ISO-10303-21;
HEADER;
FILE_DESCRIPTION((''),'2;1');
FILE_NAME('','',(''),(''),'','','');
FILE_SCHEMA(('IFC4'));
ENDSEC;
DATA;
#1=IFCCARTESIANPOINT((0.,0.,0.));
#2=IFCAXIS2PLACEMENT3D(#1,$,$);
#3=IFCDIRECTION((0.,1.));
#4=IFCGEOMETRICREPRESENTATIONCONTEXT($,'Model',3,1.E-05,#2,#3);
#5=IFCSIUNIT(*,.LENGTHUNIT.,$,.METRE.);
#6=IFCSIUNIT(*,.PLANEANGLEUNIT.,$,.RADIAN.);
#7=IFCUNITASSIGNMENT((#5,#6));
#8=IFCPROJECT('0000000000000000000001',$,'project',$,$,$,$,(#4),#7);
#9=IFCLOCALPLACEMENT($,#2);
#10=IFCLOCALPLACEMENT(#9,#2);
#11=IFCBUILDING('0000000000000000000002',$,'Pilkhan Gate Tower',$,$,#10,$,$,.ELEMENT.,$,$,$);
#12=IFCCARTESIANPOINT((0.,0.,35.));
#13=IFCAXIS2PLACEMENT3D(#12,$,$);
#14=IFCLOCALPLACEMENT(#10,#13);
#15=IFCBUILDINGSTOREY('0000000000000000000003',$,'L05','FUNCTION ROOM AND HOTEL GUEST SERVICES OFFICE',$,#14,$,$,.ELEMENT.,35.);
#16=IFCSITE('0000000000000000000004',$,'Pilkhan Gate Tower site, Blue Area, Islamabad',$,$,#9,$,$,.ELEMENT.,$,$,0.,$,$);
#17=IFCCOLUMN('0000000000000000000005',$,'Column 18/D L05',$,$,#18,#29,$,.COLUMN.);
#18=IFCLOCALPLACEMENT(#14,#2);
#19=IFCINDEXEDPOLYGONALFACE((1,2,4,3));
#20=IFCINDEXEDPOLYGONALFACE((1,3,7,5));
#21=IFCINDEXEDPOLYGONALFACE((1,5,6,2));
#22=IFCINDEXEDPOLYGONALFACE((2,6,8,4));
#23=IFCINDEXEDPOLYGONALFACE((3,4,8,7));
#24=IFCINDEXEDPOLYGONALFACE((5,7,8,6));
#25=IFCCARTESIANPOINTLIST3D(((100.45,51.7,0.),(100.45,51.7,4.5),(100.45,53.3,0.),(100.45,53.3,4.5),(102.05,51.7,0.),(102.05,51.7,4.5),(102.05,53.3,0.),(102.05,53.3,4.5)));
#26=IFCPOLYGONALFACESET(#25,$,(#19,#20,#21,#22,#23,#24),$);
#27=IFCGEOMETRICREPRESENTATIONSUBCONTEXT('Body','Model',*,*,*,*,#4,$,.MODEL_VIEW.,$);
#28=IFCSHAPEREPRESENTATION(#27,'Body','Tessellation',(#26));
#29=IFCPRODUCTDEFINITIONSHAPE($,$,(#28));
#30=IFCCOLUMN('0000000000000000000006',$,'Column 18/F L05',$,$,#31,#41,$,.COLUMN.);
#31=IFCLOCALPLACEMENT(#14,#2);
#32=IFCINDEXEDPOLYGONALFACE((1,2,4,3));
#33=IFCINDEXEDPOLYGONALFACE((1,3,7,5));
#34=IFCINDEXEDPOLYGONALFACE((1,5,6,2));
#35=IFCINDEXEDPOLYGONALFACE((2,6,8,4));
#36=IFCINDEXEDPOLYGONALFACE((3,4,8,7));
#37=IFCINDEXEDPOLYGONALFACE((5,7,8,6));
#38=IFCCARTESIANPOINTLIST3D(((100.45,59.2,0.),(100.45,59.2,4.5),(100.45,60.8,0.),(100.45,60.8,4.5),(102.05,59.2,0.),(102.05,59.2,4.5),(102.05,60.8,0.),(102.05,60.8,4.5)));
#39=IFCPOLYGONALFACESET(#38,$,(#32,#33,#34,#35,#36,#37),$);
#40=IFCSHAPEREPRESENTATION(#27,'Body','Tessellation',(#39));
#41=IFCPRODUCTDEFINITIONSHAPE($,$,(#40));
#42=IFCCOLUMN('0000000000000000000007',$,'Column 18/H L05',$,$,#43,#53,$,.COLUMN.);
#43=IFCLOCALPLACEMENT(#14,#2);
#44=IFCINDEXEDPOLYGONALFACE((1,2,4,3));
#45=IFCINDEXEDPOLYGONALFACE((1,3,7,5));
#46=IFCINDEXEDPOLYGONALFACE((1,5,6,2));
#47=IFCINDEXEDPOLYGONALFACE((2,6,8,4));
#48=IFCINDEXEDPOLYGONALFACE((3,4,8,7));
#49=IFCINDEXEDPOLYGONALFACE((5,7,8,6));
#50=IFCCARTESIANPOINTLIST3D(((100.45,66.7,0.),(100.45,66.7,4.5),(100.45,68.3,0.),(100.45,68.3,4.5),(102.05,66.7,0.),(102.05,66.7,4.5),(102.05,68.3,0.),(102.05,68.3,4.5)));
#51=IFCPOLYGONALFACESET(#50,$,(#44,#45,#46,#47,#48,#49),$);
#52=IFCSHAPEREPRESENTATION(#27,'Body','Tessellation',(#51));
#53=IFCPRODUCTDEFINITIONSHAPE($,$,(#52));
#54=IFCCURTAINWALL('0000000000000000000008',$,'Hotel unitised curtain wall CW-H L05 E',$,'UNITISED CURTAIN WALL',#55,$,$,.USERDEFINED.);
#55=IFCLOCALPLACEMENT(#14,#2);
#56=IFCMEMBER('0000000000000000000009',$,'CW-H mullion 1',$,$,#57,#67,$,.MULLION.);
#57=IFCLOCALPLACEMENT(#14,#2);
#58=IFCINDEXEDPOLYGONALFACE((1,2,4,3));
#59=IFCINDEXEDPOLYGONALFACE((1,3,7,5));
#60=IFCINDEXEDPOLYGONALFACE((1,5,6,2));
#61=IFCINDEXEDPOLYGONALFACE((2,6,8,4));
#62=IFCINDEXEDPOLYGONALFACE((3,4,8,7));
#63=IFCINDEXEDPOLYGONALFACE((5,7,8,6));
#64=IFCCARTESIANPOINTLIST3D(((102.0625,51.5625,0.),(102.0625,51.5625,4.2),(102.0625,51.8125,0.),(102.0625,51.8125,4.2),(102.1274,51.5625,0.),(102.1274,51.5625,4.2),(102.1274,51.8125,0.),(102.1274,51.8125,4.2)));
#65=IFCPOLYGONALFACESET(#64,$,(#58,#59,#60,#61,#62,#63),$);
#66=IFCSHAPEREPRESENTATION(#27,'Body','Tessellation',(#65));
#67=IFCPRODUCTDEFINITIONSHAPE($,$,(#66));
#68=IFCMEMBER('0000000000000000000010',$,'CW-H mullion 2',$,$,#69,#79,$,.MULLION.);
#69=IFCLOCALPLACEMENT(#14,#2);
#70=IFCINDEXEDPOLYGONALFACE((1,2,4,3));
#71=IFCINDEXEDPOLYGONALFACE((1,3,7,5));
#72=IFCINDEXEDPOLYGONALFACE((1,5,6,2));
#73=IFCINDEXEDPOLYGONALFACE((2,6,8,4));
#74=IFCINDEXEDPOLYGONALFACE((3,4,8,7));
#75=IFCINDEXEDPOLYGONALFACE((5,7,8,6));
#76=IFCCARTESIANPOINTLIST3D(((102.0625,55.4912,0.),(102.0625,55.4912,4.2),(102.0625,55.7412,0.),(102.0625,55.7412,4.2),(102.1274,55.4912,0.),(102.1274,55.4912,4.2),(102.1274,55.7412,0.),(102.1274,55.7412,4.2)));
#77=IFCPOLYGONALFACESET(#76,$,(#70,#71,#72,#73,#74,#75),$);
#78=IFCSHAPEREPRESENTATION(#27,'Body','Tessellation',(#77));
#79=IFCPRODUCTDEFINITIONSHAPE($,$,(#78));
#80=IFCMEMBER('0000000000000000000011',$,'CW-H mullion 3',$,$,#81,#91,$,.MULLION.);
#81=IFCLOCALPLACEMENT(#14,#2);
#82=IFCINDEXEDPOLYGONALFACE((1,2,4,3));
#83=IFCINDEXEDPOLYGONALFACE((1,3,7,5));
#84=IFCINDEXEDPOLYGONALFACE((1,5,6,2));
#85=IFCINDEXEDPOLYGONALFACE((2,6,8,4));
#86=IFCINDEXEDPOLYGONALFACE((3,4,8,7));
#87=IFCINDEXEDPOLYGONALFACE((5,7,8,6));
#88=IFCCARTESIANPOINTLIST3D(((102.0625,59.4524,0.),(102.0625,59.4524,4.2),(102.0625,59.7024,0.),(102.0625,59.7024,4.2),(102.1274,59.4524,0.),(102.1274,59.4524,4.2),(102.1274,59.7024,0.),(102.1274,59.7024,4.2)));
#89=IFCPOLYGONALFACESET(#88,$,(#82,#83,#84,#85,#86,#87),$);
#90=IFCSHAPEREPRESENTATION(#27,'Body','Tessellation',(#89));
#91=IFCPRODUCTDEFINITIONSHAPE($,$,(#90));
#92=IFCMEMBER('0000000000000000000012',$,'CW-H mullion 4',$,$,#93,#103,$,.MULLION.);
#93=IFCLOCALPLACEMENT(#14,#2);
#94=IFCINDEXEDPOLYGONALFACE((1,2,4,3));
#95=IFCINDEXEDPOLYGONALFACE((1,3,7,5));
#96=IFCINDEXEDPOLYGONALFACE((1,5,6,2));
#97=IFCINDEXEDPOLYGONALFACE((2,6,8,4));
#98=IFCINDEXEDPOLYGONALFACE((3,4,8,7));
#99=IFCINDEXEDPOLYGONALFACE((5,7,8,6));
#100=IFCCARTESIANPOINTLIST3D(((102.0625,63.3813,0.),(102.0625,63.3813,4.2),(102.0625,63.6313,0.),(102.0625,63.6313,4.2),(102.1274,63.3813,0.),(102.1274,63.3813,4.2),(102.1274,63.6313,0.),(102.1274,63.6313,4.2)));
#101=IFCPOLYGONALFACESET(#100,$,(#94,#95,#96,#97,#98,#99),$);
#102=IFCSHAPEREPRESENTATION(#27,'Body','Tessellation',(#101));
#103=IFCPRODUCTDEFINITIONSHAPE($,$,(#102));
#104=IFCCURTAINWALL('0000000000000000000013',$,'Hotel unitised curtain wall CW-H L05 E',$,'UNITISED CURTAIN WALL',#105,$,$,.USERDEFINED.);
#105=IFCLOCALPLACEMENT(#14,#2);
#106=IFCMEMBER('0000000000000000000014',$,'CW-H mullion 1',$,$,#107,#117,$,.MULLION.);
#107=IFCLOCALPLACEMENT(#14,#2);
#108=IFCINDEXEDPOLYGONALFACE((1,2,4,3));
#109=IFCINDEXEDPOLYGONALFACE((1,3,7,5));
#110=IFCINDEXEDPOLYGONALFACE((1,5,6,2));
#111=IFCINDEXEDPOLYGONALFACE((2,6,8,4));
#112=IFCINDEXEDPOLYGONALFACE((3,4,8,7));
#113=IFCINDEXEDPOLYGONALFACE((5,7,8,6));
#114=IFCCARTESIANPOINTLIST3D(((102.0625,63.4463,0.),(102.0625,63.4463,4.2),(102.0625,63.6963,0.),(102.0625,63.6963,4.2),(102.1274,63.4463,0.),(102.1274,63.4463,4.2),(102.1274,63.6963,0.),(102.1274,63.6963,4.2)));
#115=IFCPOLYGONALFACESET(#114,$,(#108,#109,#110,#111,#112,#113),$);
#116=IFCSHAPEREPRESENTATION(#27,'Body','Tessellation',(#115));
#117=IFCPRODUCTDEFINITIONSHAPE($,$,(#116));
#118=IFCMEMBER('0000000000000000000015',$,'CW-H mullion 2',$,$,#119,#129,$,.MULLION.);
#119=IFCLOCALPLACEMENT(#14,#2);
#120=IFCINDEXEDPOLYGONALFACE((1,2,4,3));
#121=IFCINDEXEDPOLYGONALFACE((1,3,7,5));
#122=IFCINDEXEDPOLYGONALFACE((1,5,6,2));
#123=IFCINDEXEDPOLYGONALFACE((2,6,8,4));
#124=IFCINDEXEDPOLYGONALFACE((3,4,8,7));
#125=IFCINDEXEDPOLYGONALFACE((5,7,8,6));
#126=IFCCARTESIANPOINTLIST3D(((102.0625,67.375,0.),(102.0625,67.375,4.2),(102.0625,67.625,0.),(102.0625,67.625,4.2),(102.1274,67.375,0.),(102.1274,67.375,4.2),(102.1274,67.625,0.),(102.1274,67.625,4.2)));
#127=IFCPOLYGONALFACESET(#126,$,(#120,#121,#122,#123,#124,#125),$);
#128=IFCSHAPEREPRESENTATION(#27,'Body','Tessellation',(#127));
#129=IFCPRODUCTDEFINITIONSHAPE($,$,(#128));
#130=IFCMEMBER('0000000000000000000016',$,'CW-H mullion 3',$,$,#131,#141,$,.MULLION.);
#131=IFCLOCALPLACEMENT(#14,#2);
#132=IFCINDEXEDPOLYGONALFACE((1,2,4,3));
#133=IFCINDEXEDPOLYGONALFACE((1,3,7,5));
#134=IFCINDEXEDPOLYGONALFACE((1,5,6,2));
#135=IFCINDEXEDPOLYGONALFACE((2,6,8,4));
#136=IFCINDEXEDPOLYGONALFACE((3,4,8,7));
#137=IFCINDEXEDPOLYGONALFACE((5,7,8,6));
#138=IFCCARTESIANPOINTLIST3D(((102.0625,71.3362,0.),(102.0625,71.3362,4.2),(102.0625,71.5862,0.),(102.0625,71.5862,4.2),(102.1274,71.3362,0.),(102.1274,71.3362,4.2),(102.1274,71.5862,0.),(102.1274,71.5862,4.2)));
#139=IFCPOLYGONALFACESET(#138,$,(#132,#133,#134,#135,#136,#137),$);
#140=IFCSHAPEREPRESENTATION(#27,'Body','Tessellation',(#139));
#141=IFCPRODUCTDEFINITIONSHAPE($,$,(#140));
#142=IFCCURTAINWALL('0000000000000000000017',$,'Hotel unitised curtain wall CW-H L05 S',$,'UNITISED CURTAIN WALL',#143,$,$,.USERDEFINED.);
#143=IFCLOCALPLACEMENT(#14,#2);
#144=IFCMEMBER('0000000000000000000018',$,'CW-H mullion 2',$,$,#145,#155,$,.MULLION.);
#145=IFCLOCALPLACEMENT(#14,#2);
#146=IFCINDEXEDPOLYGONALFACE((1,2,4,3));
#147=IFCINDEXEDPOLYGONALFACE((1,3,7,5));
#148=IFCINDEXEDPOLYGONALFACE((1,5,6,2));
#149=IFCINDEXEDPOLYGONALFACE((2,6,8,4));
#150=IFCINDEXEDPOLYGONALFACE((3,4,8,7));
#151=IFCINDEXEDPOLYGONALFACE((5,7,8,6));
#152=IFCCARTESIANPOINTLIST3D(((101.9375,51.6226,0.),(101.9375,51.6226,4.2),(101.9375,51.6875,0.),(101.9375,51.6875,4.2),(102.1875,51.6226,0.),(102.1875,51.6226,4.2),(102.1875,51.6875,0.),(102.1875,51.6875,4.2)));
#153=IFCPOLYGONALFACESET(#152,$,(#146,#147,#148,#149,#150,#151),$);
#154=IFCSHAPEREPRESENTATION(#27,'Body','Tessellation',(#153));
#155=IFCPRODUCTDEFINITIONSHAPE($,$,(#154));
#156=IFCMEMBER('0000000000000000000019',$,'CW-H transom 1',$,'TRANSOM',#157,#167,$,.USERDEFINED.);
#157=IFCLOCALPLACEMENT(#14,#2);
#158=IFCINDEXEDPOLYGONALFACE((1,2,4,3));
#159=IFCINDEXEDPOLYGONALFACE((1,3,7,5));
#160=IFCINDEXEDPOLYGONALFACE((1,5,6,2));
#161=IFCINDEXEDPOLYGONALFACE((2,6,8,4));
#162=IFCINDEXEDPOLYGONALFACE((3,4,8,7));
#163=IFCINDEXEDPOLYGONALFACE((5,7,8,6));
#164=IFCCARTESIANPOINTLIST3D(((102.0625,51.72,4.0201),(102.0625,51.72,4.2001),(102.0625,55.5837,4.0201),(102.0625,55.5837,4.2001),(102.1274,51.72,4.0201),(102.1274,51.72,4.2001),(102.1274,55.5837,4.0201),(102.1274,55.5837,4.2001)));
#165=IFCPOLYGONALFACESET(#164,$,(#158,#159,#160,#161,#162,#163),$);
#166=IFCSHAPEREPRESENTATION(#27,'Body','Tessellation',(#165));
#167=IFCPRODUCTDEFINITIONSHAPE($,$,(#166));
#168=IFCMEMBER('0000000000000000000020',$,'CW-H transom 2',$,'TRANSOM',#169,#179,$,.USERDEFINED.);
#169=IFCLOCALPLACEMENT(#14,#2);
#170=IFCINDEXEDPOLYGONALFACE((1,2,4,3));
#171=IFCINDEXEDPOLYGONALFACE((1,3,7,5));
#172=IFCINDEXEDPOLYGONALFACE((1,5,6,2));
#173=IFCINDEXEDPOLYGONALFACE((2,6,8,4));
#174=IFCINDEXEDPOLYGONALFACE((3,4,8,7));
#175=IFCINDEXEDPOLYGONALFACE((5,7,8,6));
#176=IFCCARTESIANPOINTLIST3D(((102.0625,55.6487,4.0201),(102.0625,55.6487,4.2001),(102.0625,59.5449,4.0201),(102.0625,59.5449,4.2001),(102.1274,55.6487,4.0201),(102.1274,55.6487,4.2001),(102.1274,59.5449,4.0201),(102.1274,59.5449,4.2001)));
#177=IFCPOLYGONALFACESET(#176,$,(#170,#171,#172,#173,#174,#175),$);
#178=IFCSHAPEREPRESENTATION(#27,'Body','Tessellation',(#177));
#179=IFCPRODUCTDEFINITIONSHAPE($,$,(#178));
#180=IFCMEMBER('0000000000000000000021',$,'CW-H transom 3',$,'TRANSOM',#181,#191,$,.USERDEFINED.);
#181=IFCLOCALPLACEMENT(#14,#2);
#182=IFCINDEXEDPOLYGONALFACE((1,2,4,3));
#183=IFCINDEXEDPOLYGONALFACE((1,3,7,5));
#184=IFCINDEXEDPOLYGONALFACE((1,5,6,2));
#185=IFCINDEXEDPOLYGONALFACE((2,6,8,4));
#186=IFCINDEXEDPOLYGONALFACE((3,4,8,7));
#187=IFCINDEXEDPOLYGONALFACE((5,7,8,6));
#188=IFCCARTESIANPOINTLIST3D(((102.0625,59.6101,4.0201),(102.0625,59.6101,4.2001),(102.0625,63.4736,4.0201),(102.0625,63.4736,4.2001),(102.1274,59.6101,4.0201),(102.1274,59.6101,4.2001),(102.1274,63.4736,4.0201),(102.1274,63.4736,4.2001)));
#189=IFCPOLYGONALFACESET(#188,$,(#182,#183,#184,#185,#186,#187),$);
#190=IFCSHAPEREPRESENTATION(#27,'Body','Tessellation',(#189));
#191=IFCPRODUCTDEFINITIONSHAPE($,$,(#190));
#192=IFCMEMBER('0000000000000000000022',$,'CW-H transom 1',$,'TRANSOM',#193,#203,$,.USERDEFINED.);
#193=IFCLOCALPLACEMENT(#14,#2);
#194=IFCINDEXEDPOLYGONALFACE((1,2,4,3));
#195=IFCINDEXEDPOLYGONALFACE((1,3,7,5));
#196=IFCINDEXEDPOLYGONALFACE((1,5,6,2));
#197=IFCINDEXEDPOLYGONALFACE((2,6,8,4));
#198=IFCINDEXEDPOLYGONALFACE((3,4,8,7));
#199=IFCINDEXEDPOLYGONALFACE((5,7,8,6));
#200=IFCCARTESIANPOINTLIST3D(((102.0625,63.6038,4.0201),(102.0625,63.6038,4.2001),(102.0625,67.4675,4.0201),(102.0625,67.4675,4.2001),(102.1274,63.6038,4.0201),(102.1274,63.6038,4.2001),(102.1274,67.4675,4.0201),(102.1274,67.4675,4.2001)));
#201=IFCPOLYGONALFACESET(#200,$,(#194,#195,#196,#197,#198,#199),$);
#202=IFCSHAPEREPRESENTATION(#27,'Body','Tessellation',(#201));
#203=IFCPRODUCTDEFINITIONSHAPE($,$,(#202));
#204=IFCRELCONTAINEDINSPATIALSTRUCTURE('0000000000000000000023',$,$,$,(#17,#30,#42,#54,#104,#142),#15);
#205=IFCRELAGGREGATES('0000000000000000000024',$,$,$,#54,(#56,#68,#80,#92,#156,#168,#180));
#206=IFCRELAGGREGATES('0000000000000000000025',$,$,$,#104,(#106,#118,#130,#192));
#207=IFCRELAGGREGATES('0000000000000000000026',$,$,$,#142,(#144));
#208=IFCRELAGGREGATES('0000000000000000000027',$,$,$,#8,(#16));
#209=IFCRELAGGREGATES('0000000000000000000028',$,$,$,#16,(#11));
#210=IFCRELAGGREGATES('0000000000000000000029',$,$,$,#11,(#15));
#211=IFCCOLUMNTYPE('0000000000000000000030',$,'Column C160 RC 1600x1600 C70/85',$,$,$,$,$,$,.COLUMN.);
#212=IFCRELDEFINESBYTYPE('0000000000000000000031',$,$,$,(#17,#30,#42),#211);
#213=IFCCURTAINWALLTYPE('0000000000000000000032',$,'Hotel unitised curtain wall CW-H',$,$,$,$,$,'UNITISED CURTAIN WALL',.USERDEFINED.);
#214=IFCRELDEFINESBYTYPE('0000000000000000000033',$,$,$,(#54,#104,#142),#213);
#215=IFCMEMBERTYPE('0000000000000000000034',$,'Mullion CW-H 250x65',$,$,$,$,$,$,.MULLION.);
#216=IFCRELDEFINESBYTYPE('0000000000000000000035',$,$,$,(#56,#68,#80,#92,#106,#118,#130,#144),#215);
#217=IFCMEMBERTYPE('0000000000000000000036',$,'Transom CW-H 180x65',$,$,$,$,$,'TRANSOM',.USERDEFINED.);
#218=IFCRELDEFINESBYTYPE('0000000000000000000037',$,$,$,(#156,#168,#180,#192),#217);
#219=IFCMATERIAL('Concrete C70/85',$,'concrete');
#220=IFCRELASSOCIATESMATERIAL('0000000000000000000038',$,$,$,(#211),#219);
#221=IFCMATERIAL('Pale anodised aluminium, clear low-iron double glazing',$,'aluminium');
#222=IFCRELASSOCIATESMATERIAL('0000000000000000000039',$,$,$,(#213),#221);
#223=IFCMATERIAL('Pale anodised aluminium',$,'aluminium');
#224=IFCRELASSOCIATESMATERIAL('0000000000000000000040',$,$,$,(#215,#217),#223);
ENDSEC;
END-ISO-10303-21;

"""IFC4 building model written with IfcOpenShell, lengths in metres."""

from ifc_helpers import new_model, si_unit, direction, frame, origin, origin_2d, place, context, subcontext, project, spatial, rectangle, extrude, material, material_profile, profile_set, type_object, element, aggregate, save


model = new_model("IFC4")

# Units and contexts
model_context = context("Model", 3, precision=1e-05, world=origin(), true_north=direction((0.0, 1.0)))
body_context = subcontext(model_context, "Body", "Model", "MODEL_VIEW")
ifc_project = project(units=[si_unit("LENGTHUNIT", "METRE"), si_unit("PLANEANGLEUNIT", "RADIAN")], contexts=[model_context])

# Site, building, storey
site_placement = place(None, origin())
site = spatial("IfcSite", under=ifc_project, at=site_placement, Name="Pilkhan Gate Tower site, Blue Area, Islamabad", CompositionType="ELEMENT", RefElevation=0.0)
building_placement = place(site_placement, origin())
building = spatial("IfcBuilding", under=site, at=building_placement, Name="Pilkhan Gate Tower", CompositionType="ELEMENT")
storey_placement = place(building_placement, frame((0.0, 0.0, 35.0)))
storey = spatial("IfcBuildingStorey", under=building, at=storey_placement, Name="L05", Description="FUNCTION ROOM AND HOTEL GUEST SERVICES OFFICE", CompositionType="ELEMENT", Elevation=35.0)

# Columns
ifc_material_1 = material(Name="Concrete C70/85", Category="concrete")
ifc_material_profile_1 = material_profile(ifc_material_1, rectangle(XDim=1.6001, YDim=1.6001, at=origin_2d()), Name="RC 1600x1600")
ifc_profile_set_1 = profile_set([ifc_material_profile_1], Name="Concrete C70/85")
column_type = type_object("IfcColumnType", Name="Column C160 RC 1600x1600 C70/85", PredefinedType="COLUMN", material=ifc_profile_set_1)
for number, where, z_axis, x_axis, name in (
    (1, (101.25, 52.5, 0.0), (0.0, 0.0, 1.0), (1.0, 0.0, 0.0), "Column 18/D L05"),
    (2, (101.25, 60.0, 0.0), (0.0, 0.0, 1.0), (1.0, 0.0, 0.0), "Column 18/F L05"),
    (3, (101.25, 67.5, 0.0), (0.0, 0.0, 1.0), (1.0, 0.0, 0.0), "Column 18/H L05"),
):
    element("IfcColumn", number, at=place(storey_placement, frame(where, z_axis=z_axis, x_axis=x_axis)), inside=storey, type_object=column_type, Name=name, PredefinedType="COLUMN", context=body_context, shape_type="SweptSolid", body=[
        extrude(rectangle(XDim=1.6001, YDim=1.6001, at=origin_2d()), origin(), (0.0, 0.0, 1.0), 4.5),
    ])

# Curtain walls, members
ifc_material_2 = material(Name="Pale anodised aluminium, clear low-iron double glazing", Category="aluminium")
curtain_wall_type = type_object("IfcCurtainWallType", Name="Hotel unitised curtain wall CW-H", ElementType="UNITISED CURTAIN WALL", PredefinedType="USERDEFINED", material=ifc_material_2)
curtain_wall_1_placement = place(storey_placement, origin())
curtain_wall_1 = element("IfcCurtainWall", 4, at=curtain_wall_1_placement, inside=storey, type_object=curtain_wall_type, Name="Hotel unitised curtain wall CW-H L05 E", ObjectType="UNITISED CURTAIN WALL", PredefinedType="USERDEFINED")
ifc_material_3 = material(Name="Pale anodised aluminium", Category="aluminium")
ifc_material_profile_2 = material_profile(ifc_material_3, rectangle(XDim=0.0649, YDim=0.25, at=origin_2d()), Name="Mullion 250x65")
ifc_profile_set_2 = profile_set([ifc_material_profile_2], Name="Pale anodised aluminium")
member_type_1 = type_object("IfcMemberType", Name="Mullion CW-H 250x65", PredefinedType="MULLION", material=ifc_profile_set_2)
member_1_placement = place(storey_placement, frame((102.095, 51.6875, 0.0), z_axis=(0.0, 0.0, 1.0), x_axis=(-1.0, 0.0, 0.0)))
member_1 = element("IfcMember", 5, at=member_1_placement, type_object=member_type_1, Name="CW-H mullion 1", PredefinedType="MULLION", context=body_context, shape_type="SweptSolid", body=[
    extrude(rectangle(XDim=0.0649, YDim=0.25, at=origin_2d()), origin(), (0.0, 0.0, 1.0), 4.2),
])
member_2_placement = place(storey_placement, frame((102.095, 55.6162, 0.0), z_axis=(0.0, 0.0, 1.0), x_axis=(-1.0, 0.0, 0.0)))
member_2 = element("IfcMember", 6, at=member_2_placement, type_object=member_type_1, Name="CW-H mullion 2", PredefinedType="MULLION", context=body_context, shape_type="SweptSolid", body=[
    extrude(rectangle(XDim=0.0649, YDim=0.25, at=origin_2d()), origin(), (0.0, 0.0, 1.0), 4.2),
])
member_3_placement = place(storey_placement, frame((102.095, 59.5774, 0.0), z_axis=(0.0, 0.0, 1.0), x_axis=(-1.0, 0.0, 0.0)))
member_3 = element("IfcMember", 7, at=member_3_placement, type_object=member_type_1, Name="CW-H mullion 3", PredefinedType="MULLION", context=body_context, shape_type="SweptSolid", body=[
    extrude(rectangle(XDim=0.0649, YDim=0.25, at=origin_2d()), origin(), (0.0, 0.0, 1.0), 4.2),
])
member_4_placement = place(storey_placement, frame((102.095, 63.5063, 0.0), z_axis=(0.0, 0.0, 1.0), x_axis=(-1.0, 0.0, 0.0)))
member_4 = element("IfcMember", 8, at=member_4_placement, type_object=member_type_1, Name="CW-H mullion 4", PredefinedType="MULLION", context=body_context, shape_type="SweptSolid", body=[
    extrude(rectangle(XDim=0.0649, YDim=0.25, at=origin_2d()), origin(), (0.0, 0.0, 1.0), 4.2),
])
curtain_wall_2_placement = place(storey_placement, origin())
curtain_wall_2 = element("IfcCurtainWall", 9, at=curtain_wall_2_placement, inside=storey, type_object=curtain_wall_type, Name="Hotel unitised curtain wall CW-H L05 E", ObjectType="UNITISED CURTAIN WALL", PredefinedType="USERDEFINED")
member_5_placement = place(storey_placement, frame((102.095, 63.5713, 0.0), z_axis=(0.0, 0.0, 1.0), x_axis=(-1.0, 0.0, 0.0)))
member_5 = element("IfcMember", 10, at=member_5_placement, type_object=member_type_1, Name="CW-H mullion 1", PredefinedType="MULLION", context=body_context, shape_type="SweptSolid", body=[
    extrude(rectangle(XDim=0.0649, YDim=0.25, at=origin_2d()), origin(), (0.0, 0.0, 1.0), 4.2),
])
member_6_placement = place(storey_placement, frame((102.095, 67.5, 0.0), z_axis=(0.0, 0.0, 1.0), x_axis=(-1.0, 0.0, 0.0)))
member_6 = element("IfcMember", 11, at=member_6_placement, type_object=member_type_1, Name="CW-H mullion 2", PredefinedType="MULLION", context=body_context, shape_type="SweptSolid", body=[
    extrude(rectangle(XDim=0.0649, YDim=0.25, at=origin_2d()), origin(), (0.0, 0.0, 1.0), 4.2),
])
member_7_placement = place(storey_placement, frame((102.095, 71.4612, 0.0), z_axis=(0.0, 0.0, 1.0), x_axis=(-1.0, 0.0, 0.0)))
member_7 = element("IfcMember", 12, at=member_7_placement, type_object=member_type_1, Name="CW-H mullion 3", PredefinedType="MULLION", context=body_context, shape_type="SweptSolid", body=[
    extrude(rectangle(XDim=0.0649, YDim=0.25, at=origin_2d()), origin(), (0.0, 0.0, 1.0), 4.2),
])

# Curtain wall, member
curtain_wall_3_placement = place(storey_placement, origin())
curtain_wall_3 = element("IfcCurtainWall", 13, at=curtain_wall_3_placement, inside=storey, type_object=curtain_wall_type, Name="Hotel unitised curtain wall CW-H L05 S", ObjectType="UNITISED CURTAIN WALL", PredefinedType="USERDEFINED")
member_8_placement = place(storey_placement, frame((102.0625, 51.655, 0.0), z_axis=(0.0, 0.0, 1.0), x_axis=(0.0, 1.0, 0.0)))
member_8 = element("IfcMember", 14, at=member_8_placement, type_object=member_type_1, Name="CW-H mullion 2", PredefinedType="MULLION", context=body_context, shape_type="SweptSolid", body=[
    extrude(rectangle(XDim=0.0649, YDim=0.25, at=origin_2d()), origin(), (0.0, 0.0, 1.0), 4.2),
])

# Members
ifc_material_profile_3 = material_profile(ifc_material_3, rectangle(XDim=0.0649, YDim=0.1799, at=origin_2d()), Name="Transom 180x65")
ifc_profile_set_3 = profile_set([ifc_material_profile_3], Name="Pale anodised aluminium")
member_type_2 = type_object("IfcMemberType", Name="Transom CW-H 180x65", ElementType="TRANSOM", PredefinedType="USERDEFINED", material=ifc_profile_set_3)
member_9_placement = place(storey_placement, frame((102.095, 51.72, 4.1101), z_axis=(0.0, 1.0, 0.0), x_axis=(-1.0, 0.0, 0.0)))
member_9 = element("IfcMember", 15, at=member_9_placement, type_object=member_type_2, Name="CW-H transom 1", ObjectType="TRANSOM", PredefinedType="USERDEFINED", context=body_context, shape_type="SweptSolid", body=[
    extrude(rectangle(XDim=0.0649, YDim=0.1799, at=origin_2d()), origin(), (0.0, 0.0, 1.0), 3.8638),
])
member_10_placement = place(storey_placement, frame((102.095, 55.6487, 4.1101), z_axis=(0.0, 1.0, 0.0), x_axis=(-1.0, 0.0, 0.0)))
member_10 = element("IfcMember", 16, at=member_10_placement, type_object=member_type_2, Name="CW-H transom 2", ObjectType="TRANSOM", PredefinedType="USERDEFINED", context=body_context, shape_type="SweptSolid", body=[
    extrude(rectangle(XDim=0.0649, YDim=0.1799, at=origin_2d()), origin(), (0.0, 0.0, 1.0), 3.8962),
])
member_11_placement = place(storey_placement, frame((102.095, 59.6101, 4.1101), z_axis=(0.0, 1.0, 0.0), x_axis=(-1.0, 0.0, 0.0)))
member_11 = element("IfcMember", 17, at=member_11_placement, type_object=member_type_2, Name="CW-H transom 3", ObjectType="TRANSOM", PredefinedType="USERDEFINED", context=body_context, shape_type="SweptSolid", body=[
    extrude(rectangle(XDim=0.0649, YDim=0.1799, at=origin_2d()), origin(), (0.0, 0.0, 1.0), 3.8635),
])
member_12_placement = place(storey_placement, frame((102.095, 63.6038, 4.1101), z_axis=(0.0, 1.0, 0.0), x_axis=(-1.0, 0.0, 0.0)))
member_12 = element("IfcMember", 18, at=member_12_placement, type_object=member_type_2, Name="CW-H transom 1", ObjectType="TRANSOM", PredefinedType="USERDEFINED", context=body_context, shape_type="SweptSolid", body=[
    extrude(rectangle(XDim=0.0649, YDim=0.1799, at=origin_2d()), origin(), (0.0, 0.0, 1.0), 3.8638),
])

aggregate(curtain_wall_1, [member_1, member_2, member_3, member_4, member_9, member_10, member_11])
aggregate(curtain_wall_2, [member_5, member_6, member_7, member_12])
aggregate(curtain_wall_3, [member_8])

save(model, "model.ifc")
